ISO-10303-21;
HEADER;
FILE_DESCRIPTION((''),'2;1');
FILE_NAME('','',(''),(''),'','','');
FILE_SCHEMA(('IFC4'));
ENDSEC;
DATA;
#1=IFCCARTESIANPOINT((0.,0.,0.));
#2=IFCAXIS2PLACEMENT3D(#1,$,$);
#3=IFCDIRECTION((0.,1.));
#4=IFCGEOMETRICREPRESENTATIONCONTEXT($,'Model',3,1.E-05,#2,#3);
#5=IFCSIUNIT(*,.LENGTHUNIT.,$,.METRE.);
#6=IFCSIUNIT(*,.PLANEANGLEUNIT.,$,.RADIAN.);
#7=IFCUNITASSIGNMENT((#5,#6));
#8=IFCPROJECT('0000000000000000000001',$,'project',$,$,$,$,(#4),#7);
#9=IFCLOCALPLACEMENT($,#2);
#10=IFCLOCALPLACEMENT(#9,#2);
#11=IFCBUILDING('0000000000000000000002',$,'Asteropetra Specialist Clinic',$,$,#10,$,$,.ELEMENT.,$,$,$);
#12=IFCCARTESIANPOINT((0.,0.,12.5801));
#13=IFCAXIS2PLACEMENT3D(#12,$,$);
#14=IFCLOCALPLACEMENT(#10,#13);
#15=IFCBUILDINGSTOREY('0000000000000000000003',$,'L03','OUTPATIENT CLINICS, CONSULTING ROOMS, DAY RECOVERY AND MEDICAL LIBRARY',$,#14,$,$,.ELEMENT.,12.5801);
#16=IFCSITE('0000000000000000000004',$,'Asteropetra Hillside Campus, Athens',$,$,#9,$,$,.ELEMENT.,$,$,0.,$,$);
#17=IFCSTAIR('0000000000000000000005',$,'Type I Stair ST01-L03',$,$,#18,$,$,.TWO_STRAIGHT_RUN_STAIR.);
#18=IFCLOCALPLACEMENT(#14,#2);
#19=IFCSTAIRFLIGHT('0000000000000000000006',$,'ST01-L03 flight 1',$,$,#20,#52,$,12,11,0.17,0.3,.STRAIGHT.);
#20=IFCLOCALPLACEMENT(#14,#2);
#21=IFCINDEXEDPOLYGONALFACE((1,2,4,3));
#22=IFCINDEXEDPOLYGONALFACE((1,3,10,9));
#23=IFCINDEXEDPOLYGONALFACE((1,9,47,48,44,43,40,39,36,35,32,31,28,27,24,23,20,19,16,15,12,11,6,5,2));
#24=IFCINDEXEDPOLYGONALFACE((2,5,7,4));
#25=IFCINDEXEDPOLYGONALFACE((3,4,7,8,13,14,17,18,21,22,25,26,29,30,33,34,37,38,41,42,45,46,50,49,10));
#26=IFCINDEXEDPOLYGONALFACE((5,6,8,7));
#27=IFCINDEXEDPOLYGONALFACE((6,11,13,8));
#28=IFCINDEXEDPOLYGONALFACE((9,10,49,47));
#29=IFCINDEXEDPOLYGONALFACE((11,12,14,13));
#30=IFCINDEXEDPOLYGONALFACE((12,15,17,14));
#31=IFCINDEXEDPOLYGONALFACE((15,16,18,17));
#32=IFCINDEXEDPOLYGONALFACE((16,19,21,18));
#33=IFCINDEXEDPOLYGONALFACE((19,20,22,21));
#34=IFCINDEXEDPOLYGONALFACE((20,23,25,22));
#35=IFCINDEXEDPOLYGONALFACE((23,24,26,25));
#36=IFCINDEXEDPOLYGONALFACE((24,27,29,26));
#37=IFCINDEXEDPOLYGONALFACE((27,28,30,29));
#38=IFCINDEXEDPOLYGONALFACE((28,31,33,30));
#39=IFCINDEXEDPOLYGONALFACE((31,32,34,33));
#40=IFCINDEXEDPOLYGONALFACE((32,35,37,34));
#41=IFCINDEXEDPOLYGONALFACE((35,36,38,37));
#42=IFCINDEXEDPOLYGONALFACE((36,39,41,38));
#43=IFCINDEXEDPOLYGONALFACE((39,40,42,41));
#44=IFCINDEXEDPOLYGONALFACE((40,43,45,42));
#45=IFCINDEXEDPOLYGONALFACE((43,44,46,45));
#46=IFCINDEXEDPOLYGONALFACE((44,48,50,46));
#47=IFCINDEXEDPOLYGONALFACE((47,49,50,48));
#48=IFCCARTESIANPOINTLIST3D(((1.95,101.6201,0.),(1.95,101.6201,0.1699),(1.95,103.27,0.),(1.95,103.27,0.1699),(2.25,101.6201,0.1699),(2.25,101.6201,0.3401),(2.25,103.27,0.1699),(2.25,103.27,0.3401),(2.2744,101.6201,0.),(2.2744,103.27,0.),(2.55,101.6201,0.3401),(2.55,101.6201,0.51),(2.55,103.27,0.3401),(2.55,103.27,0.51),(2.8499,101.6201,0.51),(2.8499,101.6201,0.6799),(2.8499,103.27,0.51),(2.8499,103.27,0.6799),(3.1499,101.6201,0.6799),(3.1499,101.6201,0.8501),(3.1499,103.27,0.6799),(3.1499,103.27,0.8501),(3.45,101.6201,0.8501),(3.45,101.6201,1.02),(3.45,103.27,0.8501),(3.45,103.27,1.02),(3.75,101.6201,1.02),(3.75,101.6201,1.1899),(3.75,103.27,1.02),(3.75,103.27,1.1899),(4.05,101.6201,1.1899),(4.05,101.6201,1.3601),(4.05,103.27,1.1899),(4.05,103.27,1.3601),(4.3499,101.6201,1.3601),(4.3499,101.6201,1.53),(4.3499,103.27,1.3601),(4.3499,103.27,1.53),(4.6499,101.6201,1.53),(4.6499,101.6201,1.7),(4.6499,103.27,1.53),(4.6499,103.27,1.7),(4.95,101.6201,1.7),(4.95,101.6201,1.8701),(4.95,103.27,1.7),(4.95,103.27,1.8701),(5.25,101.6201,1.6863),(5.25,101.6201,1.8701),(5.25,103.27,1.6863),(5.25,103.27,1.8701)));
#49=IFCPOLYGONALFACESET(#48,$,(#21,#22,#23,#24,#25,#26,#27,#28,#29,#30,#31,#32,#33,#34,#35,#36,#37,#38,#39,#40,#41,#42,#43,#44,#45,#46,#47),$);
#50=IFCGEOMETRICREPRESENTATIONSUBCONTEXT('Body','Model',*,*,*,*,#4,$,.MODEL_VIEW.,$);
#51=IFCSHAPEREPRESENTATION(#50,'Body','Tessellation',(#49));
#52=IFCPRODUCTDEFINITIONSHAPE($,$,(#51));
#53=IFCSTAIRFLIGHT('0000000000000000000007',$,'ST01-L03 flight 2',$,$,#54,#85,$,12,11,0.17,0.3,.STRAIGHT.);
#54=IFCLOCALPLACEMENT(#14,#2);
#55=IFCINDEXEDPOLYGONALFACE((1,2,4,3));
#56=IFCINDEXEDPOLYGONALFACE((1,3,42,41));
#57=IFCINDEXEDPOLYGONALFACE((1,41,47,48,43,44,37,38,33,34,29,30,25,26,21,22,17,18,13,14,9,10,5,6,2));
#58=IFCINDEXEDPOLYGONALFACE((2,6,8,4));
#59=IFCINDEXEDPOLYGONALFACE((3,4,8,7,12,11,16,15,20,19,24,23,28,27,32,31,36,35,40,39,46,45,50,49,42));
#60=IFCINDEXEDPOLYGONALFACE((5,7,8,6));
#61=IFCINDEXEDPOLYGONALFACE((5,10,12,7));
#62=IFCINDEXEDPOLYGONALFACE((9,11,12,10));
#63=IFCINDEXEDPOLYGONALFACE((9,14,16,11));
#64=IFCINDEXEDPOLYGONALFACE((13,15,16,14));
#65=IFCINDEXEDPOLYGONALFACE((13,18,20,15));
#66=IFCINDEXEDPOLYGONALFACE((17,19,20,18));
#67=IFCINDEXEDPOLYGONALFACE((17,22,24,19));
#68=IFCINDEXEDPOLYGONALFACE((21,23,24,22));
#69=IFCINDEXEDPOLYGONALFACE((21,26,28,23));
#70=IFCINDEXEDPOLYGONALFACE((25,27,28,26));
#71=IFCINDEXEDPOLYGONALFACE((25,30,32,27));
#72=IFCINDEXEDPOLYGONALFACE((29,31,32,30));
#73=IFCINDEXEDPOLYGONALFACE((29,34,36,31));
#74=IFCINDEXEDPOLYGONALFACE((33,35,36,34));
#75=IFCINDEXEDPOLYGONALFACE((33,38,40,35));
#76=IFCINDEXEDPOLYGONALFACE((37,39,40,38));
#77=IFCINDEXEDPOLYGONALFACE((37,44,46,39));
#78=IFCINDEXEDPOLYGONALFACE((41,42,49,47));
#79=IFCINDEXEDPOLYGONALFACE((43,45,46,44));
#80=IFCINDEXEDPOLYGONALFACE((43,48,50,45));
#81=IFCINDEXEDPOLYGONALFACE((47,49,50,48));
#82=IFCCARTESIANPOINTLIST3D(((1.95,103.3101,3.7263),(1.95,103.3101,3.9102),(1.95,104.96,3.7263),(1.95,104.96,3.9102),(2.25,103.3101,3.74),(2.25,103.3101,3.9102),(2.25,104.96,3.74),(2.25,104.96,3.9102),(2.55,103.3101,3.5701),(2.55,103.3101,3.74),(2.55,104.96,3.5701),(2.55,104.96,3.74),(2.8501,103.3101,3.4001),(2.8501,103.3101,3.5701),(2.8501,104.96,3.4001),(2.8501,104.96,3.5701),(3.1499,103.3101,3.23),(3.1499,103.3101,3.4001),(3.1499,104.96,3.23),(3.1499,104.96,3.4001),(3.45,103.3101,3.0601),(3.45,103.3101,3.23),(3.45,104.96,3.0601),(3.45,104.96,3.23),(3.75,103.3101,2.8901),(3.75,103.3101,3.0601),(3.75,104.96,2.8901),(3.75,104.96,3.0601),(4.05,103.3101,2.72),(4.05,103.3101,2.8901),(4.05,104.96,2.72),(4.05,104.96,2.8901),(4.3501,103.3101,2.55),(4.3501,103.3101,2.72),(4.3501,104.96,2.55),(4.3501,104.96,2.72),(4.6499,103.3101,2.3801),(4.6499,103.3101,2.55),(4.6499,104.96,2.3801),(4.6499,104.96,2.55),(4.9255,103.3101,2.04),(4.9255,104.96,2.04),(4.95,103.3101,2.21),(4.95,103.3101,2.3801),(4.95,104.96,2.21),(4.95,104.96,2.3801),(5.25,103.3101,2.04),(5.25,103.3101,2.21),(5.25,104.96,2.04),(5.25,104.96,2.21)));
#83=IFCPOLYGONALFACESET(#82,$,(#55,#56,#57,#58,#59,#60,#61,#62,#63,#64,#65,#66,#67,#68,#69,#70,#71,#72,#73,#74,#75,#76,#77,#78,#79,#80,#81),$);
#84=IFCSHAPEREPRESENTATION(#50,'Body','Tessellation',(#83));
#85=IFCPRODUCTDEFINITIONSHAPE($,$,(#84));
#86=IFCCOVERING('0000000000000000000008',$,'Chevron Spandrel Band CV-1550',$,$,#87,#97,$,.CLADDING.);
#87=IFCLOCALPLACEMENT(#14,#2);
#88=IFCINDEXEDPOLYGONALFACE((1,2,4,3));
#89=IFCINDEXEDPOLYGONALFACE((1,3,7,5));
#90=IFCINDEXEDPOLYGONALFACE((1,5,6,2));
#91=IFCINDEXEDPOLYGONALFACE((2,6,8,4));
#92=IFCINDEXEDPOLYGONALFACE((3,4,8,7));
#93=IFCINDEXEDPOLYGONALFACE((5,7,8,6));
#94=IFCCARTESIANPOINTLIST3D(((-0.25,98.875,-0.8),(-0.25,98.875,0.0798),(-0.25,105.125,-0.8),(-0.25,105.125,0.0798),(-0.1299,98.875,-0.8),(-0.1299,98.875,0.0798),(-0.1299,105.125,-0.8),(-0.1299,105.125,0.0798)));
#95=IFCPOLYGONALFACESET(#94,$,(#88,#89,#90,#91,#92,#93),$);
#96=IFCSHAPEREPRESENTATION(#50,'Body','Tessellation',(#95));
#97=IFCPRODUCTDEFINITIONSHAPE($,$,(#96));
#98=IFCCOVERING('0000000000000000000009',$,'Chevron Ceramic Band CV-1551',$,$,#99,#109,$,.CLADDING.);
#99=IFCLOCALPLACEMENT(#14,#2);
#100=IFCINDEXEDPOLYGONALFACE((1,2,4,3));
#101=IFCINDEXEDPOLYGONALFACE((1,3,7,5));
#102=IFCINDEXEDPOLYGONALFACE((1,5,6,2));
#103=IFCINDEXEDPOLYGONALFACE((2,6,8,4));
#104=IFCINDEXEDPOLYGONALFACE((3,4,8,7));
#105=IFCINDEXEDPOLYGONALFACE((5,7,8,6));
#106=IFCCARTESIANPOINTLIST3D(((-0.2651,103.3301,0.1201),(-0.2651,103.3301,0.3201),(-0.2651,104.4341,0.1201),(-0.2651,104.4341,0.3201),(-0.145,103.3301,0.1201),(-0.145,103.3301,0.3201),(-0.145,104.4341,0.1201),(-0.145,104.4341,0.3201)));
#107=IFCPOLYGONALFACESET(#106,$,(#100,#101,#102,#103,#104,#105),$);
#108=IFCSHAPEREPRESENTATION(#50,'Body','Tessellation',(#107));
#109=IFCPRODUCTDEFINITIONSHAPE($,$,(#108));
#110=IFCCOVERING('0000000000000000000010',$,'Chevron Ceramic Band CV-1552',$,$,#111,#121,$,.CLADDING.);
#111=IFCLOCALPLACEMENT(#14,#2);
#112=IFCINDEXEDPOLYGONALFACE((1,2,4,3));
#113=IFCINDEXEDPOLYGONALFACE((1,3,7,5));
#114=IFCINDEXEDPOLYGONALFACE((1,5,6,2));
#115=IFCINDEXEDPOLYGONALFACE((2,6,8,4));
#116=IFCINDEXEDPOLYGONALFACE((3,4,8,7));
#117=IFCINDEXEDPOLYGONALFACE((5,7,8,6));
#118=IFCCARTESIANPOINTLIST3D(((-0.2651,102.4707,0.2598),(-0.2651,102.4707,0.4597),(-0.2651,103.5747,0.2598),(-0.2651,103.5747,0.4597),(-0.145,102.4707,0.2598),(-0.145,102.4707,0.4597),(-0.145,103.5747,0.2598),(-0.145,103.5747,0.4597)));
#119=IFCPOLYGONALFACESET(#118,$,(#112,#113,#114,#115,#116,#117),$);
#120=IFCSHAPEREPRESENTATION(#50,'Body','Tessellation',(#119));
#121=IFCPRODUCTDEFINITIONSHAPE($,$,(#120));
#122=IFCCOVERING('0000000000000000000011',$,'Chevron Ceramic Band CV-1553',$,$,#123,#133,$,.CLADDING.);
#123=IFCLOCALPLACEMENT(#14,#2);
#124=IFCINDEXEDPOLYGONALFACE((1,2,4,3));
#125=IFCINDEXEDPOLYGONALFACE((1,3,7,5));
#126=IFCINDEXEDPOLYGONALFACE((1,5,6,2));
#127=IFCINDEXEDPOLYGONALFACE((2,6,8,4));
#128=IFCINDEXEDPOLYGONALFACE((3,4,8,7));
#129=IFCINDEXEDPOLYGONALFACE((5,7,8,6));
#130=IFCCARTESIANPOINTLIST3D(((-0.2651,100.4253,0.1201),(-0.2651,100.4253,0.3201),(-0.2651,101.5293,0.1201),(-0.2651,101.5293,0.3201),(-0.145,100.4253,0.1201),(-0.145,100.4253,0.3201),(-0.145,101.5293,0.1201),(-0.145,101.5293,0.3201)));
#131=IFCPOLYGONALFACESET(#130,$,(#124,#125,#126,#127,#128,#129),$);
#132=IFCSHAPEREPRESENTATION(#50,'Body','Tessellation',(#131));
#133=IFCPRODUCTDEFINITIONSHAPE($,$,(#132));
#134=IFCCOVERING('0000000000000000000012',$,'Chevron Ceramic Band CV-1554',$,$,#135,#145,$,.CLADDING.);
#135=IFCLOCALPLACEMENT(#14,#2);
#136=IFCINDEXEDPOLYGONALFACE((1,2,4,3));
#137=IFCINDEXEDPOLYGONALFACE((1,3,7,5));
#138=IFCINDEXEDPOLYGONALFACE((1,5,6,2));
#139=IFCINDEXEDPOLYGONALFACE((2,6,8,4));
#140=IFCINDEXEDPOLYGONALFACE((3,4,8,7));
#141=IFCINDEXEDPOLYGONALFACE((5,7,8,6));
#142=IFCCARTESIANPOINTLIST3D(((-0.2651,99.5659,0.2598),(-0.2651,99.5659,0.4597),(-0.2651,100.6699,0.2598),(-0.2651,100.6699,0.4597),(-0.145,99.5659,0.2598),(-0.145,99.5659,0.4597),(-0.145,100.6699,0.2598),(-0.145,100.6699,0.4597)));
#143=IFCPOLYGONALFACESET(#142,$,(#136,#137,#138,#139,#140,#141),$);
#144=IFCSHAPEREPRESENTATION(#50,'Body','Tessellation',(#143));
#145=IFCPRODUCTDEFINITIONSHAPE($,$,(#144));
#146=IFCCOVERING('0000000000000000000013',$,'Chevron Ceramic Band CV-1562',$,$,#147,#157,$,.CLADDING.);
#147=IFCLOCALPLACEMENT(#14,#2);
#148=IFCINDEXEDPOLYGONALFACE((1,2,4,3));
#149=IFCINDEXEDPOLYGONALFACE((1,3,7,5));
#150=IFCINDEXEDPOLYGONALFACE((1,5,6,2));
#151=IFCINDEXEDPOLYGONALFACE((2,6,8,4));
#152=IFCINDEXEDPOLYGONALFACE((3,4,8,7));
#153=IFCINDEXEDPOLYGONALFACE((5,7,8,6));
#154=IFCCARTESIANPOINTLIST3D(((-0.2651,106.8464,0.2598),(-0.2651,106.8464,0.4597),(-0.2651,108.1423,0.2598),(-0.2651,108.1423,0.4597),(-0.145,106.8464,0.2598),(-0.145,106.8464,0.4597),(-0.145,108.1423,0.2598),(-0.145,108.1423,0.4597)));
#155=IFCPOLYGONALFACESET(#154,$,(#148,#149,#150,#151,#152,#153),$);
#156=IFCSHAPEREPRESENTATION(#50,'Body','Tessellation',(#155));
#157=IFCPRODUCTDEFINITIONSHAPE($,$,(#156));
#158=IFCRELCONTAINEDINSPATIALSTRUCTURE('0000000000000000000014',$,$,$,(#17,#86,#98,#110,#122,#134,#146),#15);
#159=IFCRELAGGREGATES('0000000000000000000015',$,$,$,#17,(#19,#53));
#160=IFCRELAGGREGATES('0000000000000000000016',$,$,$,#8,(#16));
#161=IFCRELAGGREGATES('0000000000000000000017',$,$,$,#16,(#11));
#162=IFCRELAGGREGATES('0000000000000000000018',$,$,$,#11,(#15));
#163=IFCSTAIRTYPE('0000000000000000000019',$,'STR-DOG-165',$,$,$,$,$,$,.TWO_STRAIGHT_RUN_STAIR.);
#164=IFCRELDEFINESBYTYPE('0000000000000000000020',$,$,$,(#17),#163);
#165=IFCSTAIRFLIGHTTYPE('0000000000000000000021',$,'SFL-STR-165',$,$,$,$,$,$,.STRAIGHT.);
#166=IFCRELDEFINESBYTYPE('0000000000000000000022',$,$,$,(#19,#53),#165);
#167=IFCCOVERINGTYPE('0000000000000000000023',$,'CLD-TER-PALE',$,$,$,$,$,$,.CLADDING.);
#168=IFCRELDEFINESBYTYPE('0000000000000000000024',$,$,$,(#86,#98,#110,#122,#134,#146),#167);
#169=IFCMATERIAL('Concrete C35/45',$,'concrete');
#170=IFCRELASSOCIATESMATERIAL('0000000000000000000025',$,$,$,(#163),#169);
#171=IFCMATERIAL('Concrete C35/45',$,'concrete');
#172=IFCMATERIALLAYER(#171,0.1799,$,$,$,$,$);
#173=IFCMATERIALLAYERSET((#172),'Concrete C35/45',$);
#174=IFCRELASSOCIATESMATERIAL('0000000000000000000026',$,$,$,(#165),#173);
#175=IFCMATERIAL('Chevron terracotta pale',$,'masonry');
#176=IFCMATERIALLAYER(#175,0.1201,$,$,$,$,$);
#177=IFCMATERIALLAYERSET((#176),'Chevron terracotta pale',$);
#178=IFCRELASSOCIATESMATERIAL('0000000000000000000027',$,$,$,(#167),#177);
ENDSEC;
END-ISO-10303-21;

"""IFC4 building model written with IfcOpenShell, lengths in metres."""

from ifc_helpers import new_model, si_unit, direction, frame, origin, origin_2d, place, context, subcontext, project, spatial, polyline, rectangle, outline, extrude, material, layer, layer_set, type_object, element, aggregate, save


model = new_model("IFC4")

# Units and contexts
model_context = context("Model", 3, precision=1e-05, world=origin(), true_north=direction((0.0, 1.0)))
body_context = subcontext(model_context, "Body", "Model", "MODEL_VIEW")
ifc_project = project(units=[si_unit("LENGTHUNIT", "METRE"), si_unit("PLANEANGLEUNIT", "RADIAN")], contexts=[model_context])

# Site, building, storey
site_placement = place(None, origin())
site = spatial("IfcSite", under=ifc_project, at=site_placement, Name="Asteropetra Hillside Campus, Athens", CompositionType="ELEMENT", RefElevation=0.0)
building_placement = place(site_placement, origin())
building = spatial("IfcBuilding", under=site, at=building_placement, Name="Asteropetra Specialist Clinic", CompositionType="ELEMENT")
storey_placement = place(building_placement, frame((0.0, 0.0, 12.5801)))
storey = spatial("IfcBuildingStorey", under=building, at=storey_placement, Name="L03", Description="OUTPATIENT CLINICS, CONSULTING ROOMS, DAY RECOVERY AND MEDICAL LIBRARY", CompositionType="ELEMENT", Elevation=12.5801)

# Stair, stair flights
ifc_material_1 = material(Name="Concrete C35/45", Category="concrete")
stair_type = type_object("IfcStairType", Name="STR-DOG-165", PredefinedType="TWO_STRAIGHT_RUN_STAIR", material=ifc_material_1)
stair_placement = place(storey_placement, origin())
stair = element("IfcStair", 1, at=stair_placement, inside=storey, type_object=stair_type, Name="Type I Stair ST01-L03", PredefinedType="TWO_STRAIGHT_RUN_STAIR")
ifc_material_2 = material(Name="Concrete C35/45", Category="concrete")
ifc_layer_1 = layer(ifc_material_2, 0.1799)
ifc_layer_set_1 = layer_set([ifc_layer_1], Name="Concrete C35/45")
stair_flight_type = type_object("IfcStairFlightType", Name="SFL-STR-165", PredefinedType="STRAIGHT", material=ifc_layer_set_1)
stair_flight_1_placement = place(storey_placement, frame((1.95, 102.4451, 0.0), z_axis=(0.0, 0.0, 1.0), x_axis=(1.0, 0.0, 0.0)))
stair_flight_1 = element("IfcStairFlight", 2, at=stair_flight_1_placement, type_object=stair_flight_type, Name="ST01-L03 flight 1", NumberOfRisers=12, NumberOfTreads=11, PredefinedType="STRAIGHT", RiserHeight=0.17, TreadLength=0.3, context=body_context, shape_type="SweptSolid", body=[
    extrude(outline(polyline([(0.0, 0.0), (0.0, 0.1699), (0.3, 0.1699), (0.3, 0.3401), (0.6001, 0.3401), (0.6001, 0.51), (0.8999, 0.51), (0.8999, 0.6799), (1.2, 0.6799), (1.2, 0.8501), (1.5, 0.8501), (1.5, 1.02), (1.8, 1.02), (1.8, 1.1899), (2.1001, 1.1899), (2.1001, 1.3601), (2.3999, 1.3601), (2.3999, 1.53), (2.7, 1.53), (2.7, 1.7), (3.0, 1.7), (3.0, 1.8701), (3.3, 1.8701), (3.3, 2.04), (3.3, 1.6863), (0.3245, 0.0), (0.0, 0.0)])), frame((0.0, 0.825, 0.0), z_axis=(0.0, -1.0, 0.0), x_axis=(1.0, 0.0, 0.0)), (0.0, 0.0, 1.0), 1.6499),
])
stair_flight_2_placement = place(storey_placement, frame((5.25, 104.135, 2.04), z_axis=(0.0, 0.0, 1.0), x_axis=(-1.0, 0.0, 0.0)))
stair_flight_2 = element("IfcStairFlight", 3, at=stair_flight_2_placement, type_object=stair_flight_type, Name="ST01-L03 flight 2", NumberOfRisers=12, NumberOfTreads=11, PredefinedType="STRAIGHT", RiserHeight=0.17, TreadLength=0.3, context=body_context, shape_type="SweptSolid", body=[
    extrude(outline(polyline([(0.0, 0.0), (0.0, 0.1699), (0.3, 0.1699), (0.3, 0.3401), (0.6001, 0.3401), (0.6001, 0.51), (0.8999, 0.51), (0.8999, 0.6799), (1.2, 0.6799), (1.2, 0.8501), (1.5, 0.8501), (1.5, 1.02), (1.8, 1.02), (1.8, 1.1899), (2.1001, 1.1899), (2.1001, 1.3601), (2.3999, 1.3601), (2.3999, 1.53), (2.7, 1.53), (2.7, 1.7), (3.0, 1.7), (3.0, 1.8701), (3.3, 1.8701), (3.3, 2.04), (3.3, 1.6863), (0.3245, 0.0), (0.0, 0.0)])), frame((0.0, 0.825, 0.0), z_axis=(0.0, -1.0, 0.0), x_axis=(1.0, 0.0, 0.0)), (0.0, 0.0, 1.0), 1.6499),
])
aggregate(stair, [stair_flight_1, stair_flight_2])

# Coverings
ifc_material_3 = material(Name="Chevron terracotta pale", Category="masonry")
ifc_layer_2 = layer(ifc_material_3, 0.1201)
ifc_layer_set_2 = layer_set([ifc_layer_2], Name="Chevron terracotta pale")
covering_type = type_object("IfcCoveringType", Name="CLD-TER-PALE", PredefinedType="CLADDING", material=ifc_layer_set_2)
covering_1_placement = place(storey_placement, frame((-0.1899, 102.0, -0.8), z_axis=(0.0, 0.0, 1.0), x_axis=(1.0, 0.0, 0.0)))
element("IfcCovering", 4, at=covering_1_placement, inside=storey, type_object=covering_type, Name="Chevron Spandrel Band CV-1550", PredefinedType="CLADDING", context=body_context, shape_type="SweptSolid", body=[
    extrude(rectangle(XDim=0.1201, YDim=6.25, at=origin_2d()), origin(), (0.0, 0.0, 1.0), 0.8799),
])
for number, where, z_axis, x_axis, name in (
    (5, (-0.2051, 103.8821, 0.1201), (0.0, 0.0, 1.0), (1.0, 0.0, 0.0), "Chevron Ceramic Band CV-1551"),
    (6, (-0.2051, 103.0227, 0.2598), (0.0, 0.0, 1.0), (1.0, 0.0, 0.0), "Chevron Ceramic Band CV-1552"),
    (7, (-0.2051, 100.9773, 0.1201), (0.0, 0.0, 1.0), (1.0, 0.0, 0.0), "Chevron Ceramic Band CV-1553"),
    (8, (-0.2051, 100.1179, 0.2598), (0.0, 0.0, 1.0), (1.0, 0.0, 0.0), "Chevron Ceramic Band CV-1554"),
):
    element("IfcCovering", number, at=place(storey_placement, frame(where, z_axis=z_axis, x_axis=x_axis)), inside=storey, type_object=covering_type, Name=name, PredefinedType="CLADDING", context=body_context, shape_type="SweptSolid", body=[
        extrude(rectangle(XDim=0.1201, YDim=1.104, at=origin_2d()), origin(), (0.0, 0.0, 1.0), 0.2),
    ])
covering_2_placement = place(storey_placement, frame((-0.2051, 107.4944, 0.2598), z_axis=(0.0, 0.0, 1.0), x_axis=(1.0, 0.0, 0.0)))
element("IfcCovering", 9, at=covering_2_placement, inside=storey, type_object=covering_type, Name="Chevron Ceramic Band CV-1562", PredefinedType="CLADDING", context=body_context, shape_type="SweptSolid", body=[
    extrude(rectangle(XDim=0.1201, YDim=1.2959, at=origin_2d()), origin(), (0.0, 0.0, 1.0), 0.2),
])

save(model, "model.ifc")
